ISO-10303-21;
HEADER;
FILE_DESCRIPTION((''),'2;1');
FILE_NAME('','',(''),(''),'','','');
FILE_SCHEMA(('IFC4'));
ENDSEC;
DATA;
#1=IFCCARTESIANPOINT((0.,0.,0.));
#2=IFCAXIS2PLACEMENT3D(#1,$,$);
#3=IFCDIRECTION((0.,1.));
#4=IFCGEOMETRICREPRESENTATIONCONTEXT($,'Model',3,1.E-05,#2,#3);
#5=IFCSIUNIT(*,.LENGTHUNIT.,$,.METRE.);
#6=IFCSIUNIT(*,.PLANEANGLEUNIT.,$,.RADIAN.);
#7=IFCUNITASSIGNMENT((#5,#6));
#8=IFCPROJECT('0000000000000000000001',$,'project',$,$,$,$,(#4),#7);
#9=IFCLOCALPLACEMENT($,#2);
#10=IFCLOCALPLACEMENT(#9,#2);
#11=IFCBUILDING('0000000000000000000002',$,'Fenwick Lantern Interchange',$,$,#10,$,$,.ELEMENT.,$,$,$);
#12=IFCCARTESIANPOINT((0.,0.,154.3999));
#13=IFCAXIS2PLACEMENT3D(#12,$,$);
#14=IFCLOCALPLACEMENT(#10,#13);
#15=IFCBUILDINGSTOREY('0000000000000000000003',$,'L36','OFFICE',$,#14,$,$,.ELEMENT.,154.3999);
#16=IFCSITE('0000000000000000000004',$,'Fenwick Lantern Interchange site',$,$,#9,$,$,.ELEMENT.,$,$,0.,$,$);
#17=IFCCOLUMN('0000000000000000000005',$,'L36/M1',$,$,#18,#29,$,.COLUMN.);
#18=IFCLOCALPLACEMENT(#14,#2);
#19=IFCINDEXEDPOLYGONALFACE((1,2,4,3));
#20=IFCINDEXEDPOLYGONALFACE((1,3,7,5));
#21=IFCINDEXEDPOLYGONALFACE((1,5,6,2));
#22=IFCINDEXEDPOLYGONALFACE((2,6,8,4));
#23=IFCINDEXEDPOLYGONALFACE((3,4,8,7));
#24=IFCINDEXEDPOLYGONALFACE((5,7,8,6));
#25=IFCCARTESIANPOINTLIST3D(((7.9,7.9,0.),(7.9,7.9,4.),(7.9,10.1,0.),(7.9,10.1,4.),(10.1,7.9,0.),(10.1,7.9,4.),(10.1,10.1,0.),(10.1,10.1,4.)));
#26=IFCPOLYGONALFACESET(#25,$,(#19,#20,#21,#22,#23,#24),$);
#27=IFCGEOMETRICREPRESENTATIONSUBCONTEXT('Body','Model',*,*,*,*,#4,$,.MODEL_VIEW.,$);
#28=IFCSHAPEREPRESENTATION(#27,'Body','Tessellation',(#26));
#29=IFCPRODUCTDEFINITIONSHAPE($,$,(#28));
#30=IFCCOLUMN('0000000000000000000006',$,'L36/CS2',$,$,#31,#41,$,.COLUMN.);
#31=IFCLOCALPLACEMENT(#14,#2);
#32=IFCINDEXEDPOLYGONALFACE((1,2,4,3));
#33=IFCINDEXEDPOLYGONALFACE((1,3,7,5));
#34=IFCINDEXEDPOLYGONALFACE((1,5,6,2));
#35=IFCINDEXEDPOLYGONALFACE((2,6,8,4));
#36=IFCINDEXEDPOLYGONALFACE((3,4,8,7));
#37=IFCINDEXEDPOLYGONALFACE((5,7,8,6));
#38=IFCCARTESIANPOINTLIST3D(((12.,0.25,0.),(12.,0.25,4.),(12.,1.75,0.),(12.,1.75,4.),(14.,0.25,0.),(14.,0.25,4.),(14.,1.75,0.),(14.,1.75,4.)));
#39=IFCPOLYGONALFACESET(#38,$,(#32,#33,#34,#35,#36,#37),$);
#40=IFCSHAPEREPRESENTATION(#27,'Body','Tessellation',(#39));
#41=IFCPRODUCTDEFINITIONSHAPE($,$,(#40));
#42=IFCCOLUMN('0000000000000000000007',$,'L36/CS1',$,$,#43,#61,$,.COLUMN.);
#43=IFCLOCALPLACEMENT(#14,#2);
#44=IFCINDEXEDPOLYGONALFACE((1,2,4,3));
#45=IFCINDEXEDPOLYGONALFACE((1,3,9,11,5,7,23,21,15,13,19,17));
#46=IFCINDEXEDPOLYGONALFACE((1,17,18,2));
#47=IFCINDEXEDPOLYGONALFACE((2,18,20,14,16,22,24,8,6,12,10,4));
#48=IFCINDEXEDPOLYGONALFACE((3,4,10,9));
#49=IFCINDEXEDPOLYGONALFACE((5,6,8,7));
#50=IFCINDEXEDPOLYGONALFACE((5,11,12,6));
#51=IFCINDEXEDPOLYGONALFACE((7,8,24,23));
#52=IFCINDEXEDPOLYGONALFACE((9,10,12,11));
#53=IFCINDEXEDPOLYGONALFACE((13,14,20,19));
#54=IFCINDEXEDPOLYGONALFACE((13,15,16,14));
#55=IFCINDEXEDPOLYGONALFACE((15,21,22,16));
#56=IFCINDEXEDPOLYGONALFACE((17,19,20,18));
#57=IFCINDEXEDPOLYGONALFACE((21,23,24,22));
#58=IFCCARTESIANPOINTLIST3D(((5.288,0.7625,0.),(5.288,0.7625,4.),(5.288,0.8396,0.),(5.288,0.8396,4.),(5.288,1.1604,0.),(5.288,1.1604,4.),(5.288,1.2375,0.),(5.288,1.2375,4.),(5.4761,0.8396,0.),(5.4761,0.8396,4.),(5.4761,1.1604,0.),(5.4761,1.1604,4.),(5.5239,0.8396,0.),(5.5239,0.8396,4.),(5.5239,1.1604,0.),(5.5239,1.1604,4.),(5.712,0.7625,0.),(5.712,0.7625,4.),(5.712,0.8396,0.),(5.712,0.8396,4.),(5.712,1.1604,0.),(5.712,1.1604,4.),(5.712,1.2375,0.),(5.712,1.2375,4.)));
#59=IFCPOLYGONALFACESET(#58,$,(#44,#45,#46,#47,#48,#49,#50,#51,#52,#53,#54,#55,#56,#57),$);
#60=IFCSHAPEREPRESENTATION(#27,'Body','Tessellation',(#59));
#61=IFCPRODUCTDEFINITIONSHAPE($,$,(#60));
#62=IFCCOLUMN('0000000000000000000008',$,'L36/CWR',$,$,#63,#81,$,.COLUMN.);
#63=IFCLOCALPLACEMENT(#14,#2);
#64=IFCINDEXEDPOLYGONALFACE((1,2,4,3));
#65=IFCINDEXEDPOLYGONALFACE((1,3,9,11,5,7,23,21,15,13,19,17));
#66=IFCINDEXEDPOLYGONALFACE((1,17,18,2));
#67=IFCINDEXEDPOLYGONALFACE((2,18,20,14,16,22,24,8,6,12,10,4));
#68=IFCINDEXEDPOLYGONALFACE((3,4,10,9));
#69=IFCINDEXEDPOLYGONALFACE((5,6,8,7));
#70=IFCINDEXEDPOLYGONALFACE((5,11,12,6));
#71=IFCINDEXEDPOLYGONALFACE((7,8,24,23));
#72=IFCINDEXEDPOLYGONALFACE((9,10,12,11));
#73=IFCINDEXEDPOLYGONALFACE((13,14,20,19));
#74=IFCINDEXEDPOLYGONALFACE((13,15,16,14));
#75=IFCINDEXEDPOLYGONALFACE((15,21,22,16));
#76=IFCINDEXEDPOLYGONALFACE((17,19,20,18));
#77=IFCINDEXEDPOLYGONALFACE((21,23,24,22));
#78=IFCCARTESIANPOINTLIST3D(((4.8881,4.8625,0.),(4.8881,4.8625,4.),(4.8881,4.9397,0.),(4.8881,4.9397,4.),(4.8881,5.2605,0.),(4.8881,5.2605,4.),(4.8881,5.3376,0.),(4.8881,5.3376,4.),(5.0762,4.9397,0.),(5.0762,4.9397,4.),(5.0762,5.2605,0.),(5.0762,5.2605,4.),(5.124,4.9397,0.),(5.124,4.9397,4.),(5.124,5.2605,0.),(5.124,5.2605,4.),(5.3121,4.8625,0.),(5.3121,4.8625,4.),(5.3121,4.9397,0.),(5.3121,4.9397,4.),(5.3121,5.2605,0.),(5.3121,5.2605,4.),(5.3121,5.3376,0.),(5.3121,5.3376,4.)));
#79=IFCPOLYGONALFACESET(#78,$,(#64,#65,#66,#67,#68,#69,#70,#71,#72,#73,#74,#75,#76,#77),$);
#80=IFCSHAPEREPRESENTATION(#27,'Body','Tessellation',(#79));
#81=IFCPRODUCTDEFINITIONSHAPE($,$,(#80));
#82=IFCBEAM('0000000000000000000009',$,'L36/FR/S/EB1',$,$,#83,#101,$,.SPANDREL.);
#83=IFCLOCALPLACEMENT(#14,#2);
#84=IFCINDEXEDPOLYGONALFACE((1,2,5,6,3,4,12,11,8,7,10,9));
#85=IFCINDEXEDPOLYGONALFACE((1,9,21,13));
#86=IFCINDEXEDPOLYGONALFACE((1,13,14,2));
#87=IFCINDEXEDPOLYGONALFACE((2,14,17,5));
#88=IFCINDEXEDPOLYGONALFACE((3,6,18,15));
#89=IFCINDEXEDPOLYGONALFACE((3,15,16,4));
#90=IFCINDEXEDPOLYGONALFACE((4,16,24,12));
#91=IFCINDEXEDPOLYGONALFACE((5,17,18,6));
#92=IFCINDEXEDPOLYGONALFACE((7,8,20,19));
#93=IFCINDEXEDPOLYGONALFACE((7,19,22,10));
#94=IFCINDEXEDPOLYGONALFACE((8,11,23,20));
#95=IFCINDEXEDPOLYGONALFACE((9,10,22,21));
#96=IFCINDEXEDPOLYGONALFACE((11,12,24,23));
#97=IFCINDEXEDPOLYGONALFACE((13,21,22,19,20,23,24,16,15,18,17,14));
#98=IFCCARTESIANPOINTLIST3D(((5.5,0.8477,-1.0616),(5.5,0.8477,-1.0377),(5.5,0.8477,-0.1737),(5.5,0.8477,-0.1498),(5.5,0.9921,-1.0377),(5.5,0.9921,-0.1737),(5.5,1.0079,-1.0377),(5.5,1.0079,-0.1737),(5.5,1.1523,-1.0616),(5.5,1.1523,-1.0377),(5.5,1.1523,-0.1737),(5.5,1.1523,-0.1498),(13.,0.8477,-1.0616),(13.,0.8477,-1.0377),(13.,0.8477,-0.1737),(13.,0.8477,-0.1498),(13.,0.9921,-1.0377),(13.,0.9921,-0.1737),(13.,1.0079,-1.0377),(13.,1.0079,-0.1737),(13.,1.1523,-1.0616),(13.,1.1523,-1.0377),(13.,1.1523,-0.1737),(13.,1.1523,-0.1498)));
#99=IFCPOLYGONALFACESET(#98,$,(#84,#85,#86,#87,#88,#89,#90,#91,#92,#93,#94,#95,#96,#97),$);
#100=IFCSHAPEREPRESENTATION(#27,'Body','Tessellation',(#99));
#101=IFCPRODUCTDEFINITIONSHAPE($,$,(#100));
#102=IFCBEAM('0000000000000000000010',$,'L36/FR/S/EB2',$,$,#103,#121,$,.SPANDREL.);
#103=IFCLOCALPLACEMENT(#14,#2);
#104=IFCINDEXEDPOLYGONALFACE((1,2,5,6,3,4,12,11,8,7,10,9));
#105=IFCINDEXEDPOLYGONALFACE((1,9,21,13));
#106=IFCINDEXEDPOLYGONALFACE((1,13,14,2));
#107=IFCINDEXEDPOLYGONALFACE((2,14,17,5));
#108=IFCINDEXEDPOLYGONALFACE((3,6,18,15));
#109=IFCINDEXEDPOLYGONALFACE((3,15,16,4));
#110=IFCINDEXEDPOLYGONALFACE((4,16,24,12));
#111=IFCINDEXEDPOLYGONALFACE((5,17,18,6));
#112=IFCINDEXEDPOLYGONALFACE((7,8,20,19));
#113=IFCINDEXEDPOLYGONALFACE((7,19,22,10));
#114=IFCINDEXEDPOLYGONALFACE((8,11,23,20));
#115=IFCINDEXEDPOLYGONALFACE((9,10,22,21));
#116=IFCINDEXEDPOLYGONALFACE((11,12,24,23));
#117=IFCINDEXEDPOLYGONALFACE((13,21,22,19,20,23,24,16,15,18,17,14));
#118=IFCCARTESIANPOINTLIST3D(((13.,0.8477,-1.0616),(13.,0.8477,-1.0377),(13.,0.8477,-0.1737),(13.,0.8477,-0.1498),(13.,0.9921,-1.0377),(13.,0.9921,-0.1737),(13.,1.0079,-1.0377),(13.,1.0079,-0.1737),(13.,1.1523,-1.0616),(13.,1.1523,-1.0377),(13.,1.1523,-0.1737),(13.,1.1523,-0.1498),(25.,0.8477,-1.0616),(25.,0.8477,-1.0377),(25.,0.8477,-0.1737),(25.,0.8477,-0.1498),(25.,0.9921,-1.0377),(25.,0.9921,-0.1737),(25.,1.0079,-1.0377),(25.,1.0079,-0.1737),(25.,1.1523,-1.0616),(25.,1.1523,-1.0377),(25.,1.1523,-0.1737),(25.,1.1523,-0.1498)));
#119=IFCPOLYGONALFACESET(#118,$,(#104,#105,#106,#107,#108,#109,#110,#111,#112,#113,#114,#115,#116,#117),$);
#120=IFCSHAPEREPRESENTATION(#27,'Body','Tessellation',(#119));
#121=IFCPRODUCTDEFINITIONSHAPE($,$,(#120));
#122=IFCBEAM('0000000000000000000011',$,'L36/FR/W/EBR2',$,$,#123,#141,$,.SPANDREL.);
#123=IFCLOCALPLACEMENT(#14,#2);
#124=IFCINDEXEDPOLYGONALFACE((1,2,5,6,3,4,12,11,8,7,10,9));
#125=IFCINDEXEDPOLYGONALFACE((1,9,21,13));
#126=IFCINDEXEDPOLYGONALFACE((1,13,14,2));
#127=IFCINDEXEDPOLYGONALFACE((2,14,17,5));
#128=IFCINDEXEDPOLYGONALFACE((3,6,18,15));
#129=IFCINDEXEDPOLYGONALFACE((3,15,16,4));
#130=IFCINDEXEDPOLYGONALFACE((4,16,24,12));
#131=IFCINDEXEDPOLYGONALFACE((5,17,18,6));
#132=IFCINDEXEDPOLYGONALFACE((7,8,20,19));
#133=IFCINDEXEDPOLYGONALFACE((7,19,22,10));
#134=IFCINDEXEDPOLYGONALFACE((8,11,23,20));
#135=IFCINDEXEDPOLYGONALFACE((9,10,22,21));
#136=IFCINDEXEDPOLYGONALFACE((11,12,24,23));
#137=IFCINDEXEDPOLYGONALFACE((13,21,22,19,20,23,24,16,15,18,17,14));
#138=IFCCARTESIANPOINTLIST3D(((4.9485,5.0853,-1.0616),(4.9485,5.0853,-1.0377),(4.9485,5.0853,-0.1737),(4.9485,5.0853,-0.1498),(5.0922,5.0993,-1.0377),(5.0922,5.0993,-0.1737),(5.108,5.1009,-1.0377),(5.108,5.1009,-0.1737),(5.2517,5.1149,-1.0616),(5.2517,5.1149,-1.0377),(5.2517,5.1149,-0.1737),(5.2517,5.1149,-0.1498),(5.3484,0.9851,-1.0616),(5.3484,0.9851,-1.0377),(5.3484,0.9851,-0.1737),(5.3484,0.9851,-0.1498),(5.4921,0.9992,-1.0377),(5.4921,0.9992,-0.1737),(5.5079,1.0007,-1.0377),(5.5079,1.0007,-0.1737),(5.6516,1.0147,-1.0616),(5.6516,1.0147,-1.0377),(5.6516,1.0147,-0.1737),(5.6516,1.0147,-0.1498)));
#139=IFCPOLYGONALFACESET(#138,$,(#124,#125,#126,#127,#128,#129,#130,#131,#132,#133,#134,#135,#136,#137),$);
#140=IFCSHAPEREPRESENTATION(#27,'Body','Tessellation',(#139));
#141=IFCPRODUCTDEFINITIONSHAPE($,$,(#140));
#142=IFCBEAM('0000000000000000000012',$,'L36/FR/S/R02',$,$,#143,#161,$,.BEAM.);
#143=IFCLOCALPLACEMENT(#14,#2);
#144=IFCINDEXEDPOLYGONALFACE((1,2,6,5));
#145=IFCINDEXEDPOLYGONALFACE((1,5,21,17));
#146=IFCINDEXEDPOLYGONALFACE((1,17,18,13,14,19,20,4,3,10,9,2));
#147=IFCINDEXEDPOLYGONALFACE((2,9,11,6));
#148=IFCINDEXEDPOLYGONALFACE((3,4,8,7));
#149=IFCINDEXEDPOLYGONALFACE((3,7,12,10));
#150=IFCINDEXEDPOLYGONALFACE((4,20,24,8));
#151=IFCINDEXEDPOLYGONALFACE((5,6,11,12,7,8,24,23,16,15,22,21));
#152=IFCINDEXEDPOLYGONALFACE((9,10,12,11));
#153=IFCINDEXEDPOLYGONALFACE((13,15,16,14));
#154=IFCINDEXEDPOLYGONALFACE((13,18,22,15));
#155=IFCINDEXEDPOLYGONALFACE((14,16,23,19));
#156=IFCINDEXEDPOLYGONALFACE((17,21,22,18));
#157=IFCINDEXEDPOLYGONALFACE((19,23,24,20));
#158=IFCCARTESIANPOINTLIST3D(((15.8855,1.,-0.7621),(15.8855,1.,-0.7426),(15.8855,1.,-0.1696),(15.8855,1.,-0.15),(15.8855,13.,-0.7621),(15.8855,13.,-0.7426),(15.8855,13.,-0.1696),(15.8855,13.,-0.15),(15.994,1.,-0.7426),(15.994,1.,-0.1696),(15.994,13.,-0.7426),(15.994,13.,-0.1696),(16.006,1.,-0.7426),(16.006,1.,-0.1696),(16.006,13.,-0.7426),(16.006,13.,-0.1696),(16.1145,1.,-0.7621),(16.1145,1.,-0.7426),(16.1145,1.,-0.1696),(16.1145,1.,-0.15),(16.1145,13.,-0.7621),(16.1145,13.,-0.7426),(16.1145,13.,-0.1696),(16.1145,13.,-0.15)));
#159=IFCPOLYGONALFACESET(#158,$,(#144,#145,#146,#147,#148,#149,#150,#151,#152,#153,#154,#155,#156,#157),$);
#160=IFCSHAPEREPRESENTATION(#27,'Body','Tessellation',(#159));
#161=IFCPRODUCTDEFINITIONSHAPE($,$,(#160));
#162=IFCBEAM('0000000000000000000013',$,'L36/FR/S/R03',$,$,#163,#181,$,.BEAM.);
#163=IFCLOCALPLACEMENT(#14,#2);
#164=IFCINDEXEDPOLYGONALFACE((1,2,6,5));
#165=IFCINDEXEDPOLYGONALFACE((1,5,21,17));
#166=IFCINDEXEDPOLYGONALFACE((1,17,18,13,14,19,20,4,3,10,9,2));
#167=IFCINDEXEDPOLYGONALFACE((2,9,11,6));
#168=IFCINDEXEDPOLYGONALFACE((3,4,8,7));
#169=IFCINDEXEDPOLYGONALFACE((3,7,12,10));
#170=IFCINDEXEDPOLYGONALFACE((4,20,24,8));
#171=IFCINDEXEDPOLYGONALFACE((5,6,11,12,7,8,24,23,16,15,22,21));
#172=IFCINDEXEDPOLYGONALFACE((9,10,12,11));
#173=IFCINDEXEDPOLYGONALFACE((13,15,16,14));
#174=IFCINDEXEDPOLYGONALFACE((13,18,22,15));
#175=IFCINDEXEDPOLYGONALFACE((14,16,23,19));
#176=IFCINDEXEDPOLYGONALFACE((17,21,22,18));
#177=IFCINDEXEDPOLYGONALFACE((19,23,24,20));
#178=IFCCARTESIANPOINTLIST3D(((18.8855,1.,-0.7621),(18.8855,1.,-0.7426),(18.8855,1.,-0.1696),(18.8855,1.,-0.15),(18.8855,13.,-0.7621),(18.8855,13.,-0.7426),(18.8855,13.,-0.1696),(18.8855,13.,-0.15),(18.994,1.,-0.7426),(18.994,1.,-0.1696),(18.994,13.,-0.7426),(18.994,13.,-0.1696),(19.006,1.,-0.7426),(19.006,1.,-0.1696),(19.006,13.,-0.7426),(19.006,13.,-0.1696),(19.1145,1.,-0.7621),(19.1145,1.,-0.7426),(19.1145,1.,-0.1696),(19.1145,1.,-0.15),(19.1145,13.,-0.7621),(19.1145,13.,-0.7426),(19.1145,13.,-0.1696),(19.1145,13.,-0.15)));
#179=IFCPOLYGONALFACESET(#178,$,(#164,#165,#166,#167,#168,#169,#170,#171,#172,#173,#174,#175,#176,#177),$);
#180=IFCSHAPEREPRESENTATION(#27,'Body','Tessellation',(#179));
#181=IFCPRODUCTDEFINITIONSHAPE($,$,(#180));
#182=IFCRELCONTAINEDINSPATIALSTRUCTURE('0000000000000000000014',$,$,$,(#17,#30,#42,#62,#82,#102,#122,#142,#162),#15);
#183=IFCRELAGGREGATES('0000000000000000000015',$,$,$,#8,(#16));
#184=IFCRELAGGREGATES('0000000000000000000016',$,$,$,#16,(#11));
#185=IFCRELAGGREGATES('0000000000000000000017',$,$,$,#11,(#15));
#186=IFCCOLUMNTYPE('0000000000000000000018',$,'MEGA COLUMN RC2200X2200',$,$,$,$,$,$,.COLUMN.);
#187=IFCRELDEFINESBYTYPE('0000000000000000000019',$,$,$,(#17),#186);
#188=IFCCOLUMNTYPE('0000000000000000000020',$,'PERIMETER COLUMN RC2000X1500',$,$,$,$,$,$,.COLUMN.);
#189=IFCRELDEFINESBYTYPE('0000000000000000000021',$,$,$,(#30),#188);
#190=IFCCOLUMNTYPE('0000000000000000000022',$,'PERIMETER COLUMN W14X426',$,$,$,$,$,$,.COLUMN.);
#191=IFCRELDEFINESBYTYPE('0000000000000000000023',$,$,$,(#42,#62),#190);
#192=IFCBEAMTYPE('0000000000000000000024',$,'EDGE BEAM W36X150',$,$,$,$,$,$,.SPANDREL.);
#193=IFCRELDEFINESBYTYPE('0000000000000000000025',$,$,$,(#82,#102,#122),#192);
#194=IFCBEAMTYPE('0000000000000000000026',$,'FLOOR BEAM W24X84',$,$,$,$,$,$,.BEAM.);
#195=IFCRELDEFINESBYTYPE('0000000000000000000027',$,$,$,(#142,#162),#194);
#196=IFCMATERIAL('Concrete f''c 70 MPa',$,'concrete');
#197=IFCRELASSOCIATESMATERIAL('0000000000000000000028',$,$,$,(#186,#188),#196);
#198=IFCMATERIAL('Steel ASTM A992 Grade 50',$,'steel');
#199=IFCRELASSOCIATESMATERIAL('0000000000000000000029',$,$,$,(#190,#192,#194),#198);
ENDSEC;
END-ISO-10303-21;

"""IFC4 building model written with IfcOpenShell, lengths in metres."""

from ifc_helpers import new_model, si_unit, direction, frame, origin, origin_2d, place, context, subcontext, project, spatial, rectangle, i_section, extrude, material, material_profile, profile_set, type_object, element, save


model = new_model("IFC4")

# Units and contexts
model_context = context("Model", 3, precision=1e-05, world=origin(), true_north=direction((0.0, 1.0)))
body_context = subcontext(model_context, "Body", "Model", "MODEL_VIEW")
ifc_project = project(units=[si_unit("LENGTHUNIT", "METRE"), si_unit("PLANEANGLEUNIT", "RADIAN")], contexts=[model_context])

# Site, building, storey
site_placement = place(None, origin())
site = spatial("IfcSite", under=ifc_project, at=site_placement, Name="Fenwick Lantern Interchange site", CompositionType="ELEMENT", RefElevation=0.0)
building_placement = place(site_placement, origin())
building = spatial("IfcBuilding", under=site, at=building_placement, Name="Fenwick Lantern Interchange", CompositionType="ELEMENT")
storey_placement = place(building_placement, frame((0.0, 0.0, 154.3999)))
storey = spatial("IfcBuildingStorey", under=building, at=storey_placement, Name="L36", Description="OFFICE", CompositionType="ELEMENT", Elevation=154.3999)

# Columns
ifc_material_1 = material(Name="Concrete f'c 70 MPa", Category="concrete")
ifc_material_profile_1 = material_profile(ifc_material_1, rectangle(XDim=2.2, YDim=2.2, at=origin_2d()), Name="RC2200X2200")
ifc_profile_set_1 = profile_set([ifc_material_profile_1], Name="Concrete f'c 70 MPa")
column_type_1 = type_object("IfcColumnType", Name="MEGA COLUMN RC2200X2200", PredefinedType="COLUMN", material=ifc_profile_set_1)
column_1_placement = place(storey_placement, frame((9.0, 9.0, 0.0), z_axis=(0.0, 0.0, 1.0), x_axis=(1.0, 0.0, 0.0)))
element("IfcColumn", 1, at=column_1_placement, inside=storey, type_object=column_type_1, Name="L36/M1", PredefinedType="COLUMN", context=body_context, shape_type="SweptSolid", body=[
    extrude(rectangle(XDim=2.2, YDim=2.2, at=origin_2d()), origin(), (0.0, 0.0, 1.0), 4.0),
])
ifc_material_profile_2 = material_profile(ifc_material_1, rectangle(XDim=2.0, YDim=1.5, at=origin_2d()), Name="RC2000X1500")
ifc_profile_set_2 = profile_set([ifc_material_profile_2], Name="Concrete f'c 70 MPa")
column_type_2 = type_object("IfcColumnType", Name="PERIMETER COLUMN RC2000X1500", PredefinedType="COLUMN", material=ifc_profile_set_2)
column_2_placement = place(storey_placement, frame((13.0, 1.0, 0.0), z_axis=(0.0, 0.0, 1.0), x_axis=(1.0, 0.0, 0.0)))
element("IfcColumn", 2, at=column_2_placement, inside=storey, type_object=column_type_2, Name="L36/CS2", PredefinedType="COLUMN", context=body_context, shape_type="SweptSolid", body=[
    extrude(rectangle(XDim=2.0, YDim=1.5, at=origin_2d()), origin(), (0.0, 0.0, 1.0), 4.0),
])
ifc_material_2 = material(Name="Steel ASTM A992 Grade 50", Category="steel")
ifc_material_profile_3 = material_profile(ifc_material_2, i_section(OverallWidth=0.4241, OverallDepth=0.4751, WebThickness=0.0479, FlangeThickness=0.0771, at=origin_2d()), Name="W14X426")
ifc_profile_set_3 = profile_set([ifc_material_profile_3], Name="Steel ASTM A992 Grade 50")
column_type_3 = type_object("IfcColumnType", Name="PERIMETER COLUMN W14X426", PredefinedType="COLUMN", material=ifc_profile_set_3)
for number, where, z_axis, x_axis, name in (
    (3, (5.5, 1.0, 0.0), (0.0, 0.0, 1.0), (1.0, 0.0, 0.0), "L36/CS1"),
    (4, (5.1001, 5.1001, 0.0), (0.0, 0.0, 1.0), (1.0, 0.0, 0.0), "L36/CWR"),
):
    element("IfcColumn", number, at=place(storey_placement, frame(where, z_axis=z_axis, x_axis=x_axis)), inside=storey, type_object=column_type_3, Name=name, PredefinedType="COLUMN", context=body_context, shape_type="SweptSolid", body=[
        extrude(i_section(OverallWidth=0.4241, OverallDepth=0.4751, WebThickness=0.0479, FlangeThickness=0.0771, at=origin_2d()), origin(), (0.0, 0.0, 1.0), 4.0),
    ])

# Beams
ifc_material_profile_4 = material_profile(ifc_material_2, i_section(OverallWidth=0.3047, OverallDepth=0.9119, WebThickness=0.0159, FlangeThickness=0.0239, at=origin_2d()), Name="W36X150")
ifc_profile_set_4 = profile_set([ifc_material_profile_4], Name="Steel ASTM A992 Grade 50")
beam_type_1 = type_object("IfcBeamType", Name="EDGE BEAM W36X150", PredefinedType="SPANDREL", material=ifc_profile_set_4)
beam_1_placement = place(storey_placement, frame((5.5, 1.0, -0.6057), z_axis=(1.0, 0.0, 0.0), x_axis=(0.0, 1.0, 0.0)))
element("IfcBeam", 5, at=beam_1_placement, inside=storey, type_object=beam_type_1, Name="L36/FR/S/EB1", PredefinedType="SPANDREL", context=body_context, shape_type="SweptSolid", body=[
    extrude(i_section(OverallWidth=0.3047, OverallDepth=0.9119, WebThickness=0.0159, FlangeThickness=0.0239, at=origin_2d()), origin(), (0.0, 0.0, 1.0), 7.5),
])
beam_2_placement = place(storey_placement, frame((13.0, 1.0, -0.6057), z_axis=(1.0, 0.0, 0.0), x_axis=(0.0, 1.0, 0.0)))
element("IfcBeam", 6, at=beam_2_placement, inside=storey, type_object=beam_type_1, Name="L36/FR/S/EB2", PredefinedType="SPANDREL", context=body_context, shape_type="SweptSolid", body=[
    extrude(i_section(OverallWidth=0.3047, OverallDepth=0.9119, WebThickness=0.0159, FlangeThickness=0.0239, at=origin_2d()), origin(), (0.0, 0.0, 1.0), 12.0),
])
beam_3_placement = place(storey_placement, frame((5.1001, 5.1001, -0.6057), z_axis=(0.097074, -0.995277, 0.0), x_axis=(0.995277, 0.097074, 0.0)))
element("IfcBeam", 7, at=beam_3_placement, inside=storey, type_object=beam_type_1, Name="L36/FR/W/EBR2", PredefinedType="SPANDREL", context=body_context, shape_type="SweptSolid", body=[
    extrude(i_section(OverallWidth=0.3047, OverallDepth=0.9119, WebThickness=0.0159, FlangeThickness=0.0239, at=origin_2d()), origin(), (0.0, 0.0, 1.0), 4.1196),
])
ifc_material_profile_5 = material_profile(ifc_material_2, i_section(OverallWidth=0.229, OverallDepth=0.6121, WebThickness=0.012, FlangeThickness=0.0195, at=origin_2d()), Name="W24X84")
ifc_profile_set_5 = profile_set([ifc_material_profile_5], Name="Steel ASTM A992 Grade 50")
beam_type_2 = type_object("IfcBeamType", Name="FLOOR BEAM W24X84", PredefinedType="BEAM", material=ifc_profile_set_5)
for number, where, z_axis, x_axis, name in (
    (8, (16.0, 1.0, -0.4561), (0.0, 1.0, 0.0), (-1.0, 0.0, 0.0), "L36/FR/S/R02"),
    (9, (19.0, 1.0, -0.4561), (0.0, 1.0, 0.0), (-1.0, 0.0, 0.0), "L36/FR/S/R03"),
):
    element("IfcBeam", number, at=place(storey_placement, frame(where, z_axis=z_axis, x_axis=x_axis)), inside=storey, type_object=beam_type_2, Name=name, PredefinedType="BEAM", context=body_context, shape_type="SweptSolid", body=[
        extrude(i_section(OverallWidth=0.229, OverallDepth=0.6121, WebThickness=0.012, FlangeThickness=0.0195, at=origin_2d()), origin(), (0.0, 0.0, 1.0), 12.0),
    ])

save(model, "model.ifc")
